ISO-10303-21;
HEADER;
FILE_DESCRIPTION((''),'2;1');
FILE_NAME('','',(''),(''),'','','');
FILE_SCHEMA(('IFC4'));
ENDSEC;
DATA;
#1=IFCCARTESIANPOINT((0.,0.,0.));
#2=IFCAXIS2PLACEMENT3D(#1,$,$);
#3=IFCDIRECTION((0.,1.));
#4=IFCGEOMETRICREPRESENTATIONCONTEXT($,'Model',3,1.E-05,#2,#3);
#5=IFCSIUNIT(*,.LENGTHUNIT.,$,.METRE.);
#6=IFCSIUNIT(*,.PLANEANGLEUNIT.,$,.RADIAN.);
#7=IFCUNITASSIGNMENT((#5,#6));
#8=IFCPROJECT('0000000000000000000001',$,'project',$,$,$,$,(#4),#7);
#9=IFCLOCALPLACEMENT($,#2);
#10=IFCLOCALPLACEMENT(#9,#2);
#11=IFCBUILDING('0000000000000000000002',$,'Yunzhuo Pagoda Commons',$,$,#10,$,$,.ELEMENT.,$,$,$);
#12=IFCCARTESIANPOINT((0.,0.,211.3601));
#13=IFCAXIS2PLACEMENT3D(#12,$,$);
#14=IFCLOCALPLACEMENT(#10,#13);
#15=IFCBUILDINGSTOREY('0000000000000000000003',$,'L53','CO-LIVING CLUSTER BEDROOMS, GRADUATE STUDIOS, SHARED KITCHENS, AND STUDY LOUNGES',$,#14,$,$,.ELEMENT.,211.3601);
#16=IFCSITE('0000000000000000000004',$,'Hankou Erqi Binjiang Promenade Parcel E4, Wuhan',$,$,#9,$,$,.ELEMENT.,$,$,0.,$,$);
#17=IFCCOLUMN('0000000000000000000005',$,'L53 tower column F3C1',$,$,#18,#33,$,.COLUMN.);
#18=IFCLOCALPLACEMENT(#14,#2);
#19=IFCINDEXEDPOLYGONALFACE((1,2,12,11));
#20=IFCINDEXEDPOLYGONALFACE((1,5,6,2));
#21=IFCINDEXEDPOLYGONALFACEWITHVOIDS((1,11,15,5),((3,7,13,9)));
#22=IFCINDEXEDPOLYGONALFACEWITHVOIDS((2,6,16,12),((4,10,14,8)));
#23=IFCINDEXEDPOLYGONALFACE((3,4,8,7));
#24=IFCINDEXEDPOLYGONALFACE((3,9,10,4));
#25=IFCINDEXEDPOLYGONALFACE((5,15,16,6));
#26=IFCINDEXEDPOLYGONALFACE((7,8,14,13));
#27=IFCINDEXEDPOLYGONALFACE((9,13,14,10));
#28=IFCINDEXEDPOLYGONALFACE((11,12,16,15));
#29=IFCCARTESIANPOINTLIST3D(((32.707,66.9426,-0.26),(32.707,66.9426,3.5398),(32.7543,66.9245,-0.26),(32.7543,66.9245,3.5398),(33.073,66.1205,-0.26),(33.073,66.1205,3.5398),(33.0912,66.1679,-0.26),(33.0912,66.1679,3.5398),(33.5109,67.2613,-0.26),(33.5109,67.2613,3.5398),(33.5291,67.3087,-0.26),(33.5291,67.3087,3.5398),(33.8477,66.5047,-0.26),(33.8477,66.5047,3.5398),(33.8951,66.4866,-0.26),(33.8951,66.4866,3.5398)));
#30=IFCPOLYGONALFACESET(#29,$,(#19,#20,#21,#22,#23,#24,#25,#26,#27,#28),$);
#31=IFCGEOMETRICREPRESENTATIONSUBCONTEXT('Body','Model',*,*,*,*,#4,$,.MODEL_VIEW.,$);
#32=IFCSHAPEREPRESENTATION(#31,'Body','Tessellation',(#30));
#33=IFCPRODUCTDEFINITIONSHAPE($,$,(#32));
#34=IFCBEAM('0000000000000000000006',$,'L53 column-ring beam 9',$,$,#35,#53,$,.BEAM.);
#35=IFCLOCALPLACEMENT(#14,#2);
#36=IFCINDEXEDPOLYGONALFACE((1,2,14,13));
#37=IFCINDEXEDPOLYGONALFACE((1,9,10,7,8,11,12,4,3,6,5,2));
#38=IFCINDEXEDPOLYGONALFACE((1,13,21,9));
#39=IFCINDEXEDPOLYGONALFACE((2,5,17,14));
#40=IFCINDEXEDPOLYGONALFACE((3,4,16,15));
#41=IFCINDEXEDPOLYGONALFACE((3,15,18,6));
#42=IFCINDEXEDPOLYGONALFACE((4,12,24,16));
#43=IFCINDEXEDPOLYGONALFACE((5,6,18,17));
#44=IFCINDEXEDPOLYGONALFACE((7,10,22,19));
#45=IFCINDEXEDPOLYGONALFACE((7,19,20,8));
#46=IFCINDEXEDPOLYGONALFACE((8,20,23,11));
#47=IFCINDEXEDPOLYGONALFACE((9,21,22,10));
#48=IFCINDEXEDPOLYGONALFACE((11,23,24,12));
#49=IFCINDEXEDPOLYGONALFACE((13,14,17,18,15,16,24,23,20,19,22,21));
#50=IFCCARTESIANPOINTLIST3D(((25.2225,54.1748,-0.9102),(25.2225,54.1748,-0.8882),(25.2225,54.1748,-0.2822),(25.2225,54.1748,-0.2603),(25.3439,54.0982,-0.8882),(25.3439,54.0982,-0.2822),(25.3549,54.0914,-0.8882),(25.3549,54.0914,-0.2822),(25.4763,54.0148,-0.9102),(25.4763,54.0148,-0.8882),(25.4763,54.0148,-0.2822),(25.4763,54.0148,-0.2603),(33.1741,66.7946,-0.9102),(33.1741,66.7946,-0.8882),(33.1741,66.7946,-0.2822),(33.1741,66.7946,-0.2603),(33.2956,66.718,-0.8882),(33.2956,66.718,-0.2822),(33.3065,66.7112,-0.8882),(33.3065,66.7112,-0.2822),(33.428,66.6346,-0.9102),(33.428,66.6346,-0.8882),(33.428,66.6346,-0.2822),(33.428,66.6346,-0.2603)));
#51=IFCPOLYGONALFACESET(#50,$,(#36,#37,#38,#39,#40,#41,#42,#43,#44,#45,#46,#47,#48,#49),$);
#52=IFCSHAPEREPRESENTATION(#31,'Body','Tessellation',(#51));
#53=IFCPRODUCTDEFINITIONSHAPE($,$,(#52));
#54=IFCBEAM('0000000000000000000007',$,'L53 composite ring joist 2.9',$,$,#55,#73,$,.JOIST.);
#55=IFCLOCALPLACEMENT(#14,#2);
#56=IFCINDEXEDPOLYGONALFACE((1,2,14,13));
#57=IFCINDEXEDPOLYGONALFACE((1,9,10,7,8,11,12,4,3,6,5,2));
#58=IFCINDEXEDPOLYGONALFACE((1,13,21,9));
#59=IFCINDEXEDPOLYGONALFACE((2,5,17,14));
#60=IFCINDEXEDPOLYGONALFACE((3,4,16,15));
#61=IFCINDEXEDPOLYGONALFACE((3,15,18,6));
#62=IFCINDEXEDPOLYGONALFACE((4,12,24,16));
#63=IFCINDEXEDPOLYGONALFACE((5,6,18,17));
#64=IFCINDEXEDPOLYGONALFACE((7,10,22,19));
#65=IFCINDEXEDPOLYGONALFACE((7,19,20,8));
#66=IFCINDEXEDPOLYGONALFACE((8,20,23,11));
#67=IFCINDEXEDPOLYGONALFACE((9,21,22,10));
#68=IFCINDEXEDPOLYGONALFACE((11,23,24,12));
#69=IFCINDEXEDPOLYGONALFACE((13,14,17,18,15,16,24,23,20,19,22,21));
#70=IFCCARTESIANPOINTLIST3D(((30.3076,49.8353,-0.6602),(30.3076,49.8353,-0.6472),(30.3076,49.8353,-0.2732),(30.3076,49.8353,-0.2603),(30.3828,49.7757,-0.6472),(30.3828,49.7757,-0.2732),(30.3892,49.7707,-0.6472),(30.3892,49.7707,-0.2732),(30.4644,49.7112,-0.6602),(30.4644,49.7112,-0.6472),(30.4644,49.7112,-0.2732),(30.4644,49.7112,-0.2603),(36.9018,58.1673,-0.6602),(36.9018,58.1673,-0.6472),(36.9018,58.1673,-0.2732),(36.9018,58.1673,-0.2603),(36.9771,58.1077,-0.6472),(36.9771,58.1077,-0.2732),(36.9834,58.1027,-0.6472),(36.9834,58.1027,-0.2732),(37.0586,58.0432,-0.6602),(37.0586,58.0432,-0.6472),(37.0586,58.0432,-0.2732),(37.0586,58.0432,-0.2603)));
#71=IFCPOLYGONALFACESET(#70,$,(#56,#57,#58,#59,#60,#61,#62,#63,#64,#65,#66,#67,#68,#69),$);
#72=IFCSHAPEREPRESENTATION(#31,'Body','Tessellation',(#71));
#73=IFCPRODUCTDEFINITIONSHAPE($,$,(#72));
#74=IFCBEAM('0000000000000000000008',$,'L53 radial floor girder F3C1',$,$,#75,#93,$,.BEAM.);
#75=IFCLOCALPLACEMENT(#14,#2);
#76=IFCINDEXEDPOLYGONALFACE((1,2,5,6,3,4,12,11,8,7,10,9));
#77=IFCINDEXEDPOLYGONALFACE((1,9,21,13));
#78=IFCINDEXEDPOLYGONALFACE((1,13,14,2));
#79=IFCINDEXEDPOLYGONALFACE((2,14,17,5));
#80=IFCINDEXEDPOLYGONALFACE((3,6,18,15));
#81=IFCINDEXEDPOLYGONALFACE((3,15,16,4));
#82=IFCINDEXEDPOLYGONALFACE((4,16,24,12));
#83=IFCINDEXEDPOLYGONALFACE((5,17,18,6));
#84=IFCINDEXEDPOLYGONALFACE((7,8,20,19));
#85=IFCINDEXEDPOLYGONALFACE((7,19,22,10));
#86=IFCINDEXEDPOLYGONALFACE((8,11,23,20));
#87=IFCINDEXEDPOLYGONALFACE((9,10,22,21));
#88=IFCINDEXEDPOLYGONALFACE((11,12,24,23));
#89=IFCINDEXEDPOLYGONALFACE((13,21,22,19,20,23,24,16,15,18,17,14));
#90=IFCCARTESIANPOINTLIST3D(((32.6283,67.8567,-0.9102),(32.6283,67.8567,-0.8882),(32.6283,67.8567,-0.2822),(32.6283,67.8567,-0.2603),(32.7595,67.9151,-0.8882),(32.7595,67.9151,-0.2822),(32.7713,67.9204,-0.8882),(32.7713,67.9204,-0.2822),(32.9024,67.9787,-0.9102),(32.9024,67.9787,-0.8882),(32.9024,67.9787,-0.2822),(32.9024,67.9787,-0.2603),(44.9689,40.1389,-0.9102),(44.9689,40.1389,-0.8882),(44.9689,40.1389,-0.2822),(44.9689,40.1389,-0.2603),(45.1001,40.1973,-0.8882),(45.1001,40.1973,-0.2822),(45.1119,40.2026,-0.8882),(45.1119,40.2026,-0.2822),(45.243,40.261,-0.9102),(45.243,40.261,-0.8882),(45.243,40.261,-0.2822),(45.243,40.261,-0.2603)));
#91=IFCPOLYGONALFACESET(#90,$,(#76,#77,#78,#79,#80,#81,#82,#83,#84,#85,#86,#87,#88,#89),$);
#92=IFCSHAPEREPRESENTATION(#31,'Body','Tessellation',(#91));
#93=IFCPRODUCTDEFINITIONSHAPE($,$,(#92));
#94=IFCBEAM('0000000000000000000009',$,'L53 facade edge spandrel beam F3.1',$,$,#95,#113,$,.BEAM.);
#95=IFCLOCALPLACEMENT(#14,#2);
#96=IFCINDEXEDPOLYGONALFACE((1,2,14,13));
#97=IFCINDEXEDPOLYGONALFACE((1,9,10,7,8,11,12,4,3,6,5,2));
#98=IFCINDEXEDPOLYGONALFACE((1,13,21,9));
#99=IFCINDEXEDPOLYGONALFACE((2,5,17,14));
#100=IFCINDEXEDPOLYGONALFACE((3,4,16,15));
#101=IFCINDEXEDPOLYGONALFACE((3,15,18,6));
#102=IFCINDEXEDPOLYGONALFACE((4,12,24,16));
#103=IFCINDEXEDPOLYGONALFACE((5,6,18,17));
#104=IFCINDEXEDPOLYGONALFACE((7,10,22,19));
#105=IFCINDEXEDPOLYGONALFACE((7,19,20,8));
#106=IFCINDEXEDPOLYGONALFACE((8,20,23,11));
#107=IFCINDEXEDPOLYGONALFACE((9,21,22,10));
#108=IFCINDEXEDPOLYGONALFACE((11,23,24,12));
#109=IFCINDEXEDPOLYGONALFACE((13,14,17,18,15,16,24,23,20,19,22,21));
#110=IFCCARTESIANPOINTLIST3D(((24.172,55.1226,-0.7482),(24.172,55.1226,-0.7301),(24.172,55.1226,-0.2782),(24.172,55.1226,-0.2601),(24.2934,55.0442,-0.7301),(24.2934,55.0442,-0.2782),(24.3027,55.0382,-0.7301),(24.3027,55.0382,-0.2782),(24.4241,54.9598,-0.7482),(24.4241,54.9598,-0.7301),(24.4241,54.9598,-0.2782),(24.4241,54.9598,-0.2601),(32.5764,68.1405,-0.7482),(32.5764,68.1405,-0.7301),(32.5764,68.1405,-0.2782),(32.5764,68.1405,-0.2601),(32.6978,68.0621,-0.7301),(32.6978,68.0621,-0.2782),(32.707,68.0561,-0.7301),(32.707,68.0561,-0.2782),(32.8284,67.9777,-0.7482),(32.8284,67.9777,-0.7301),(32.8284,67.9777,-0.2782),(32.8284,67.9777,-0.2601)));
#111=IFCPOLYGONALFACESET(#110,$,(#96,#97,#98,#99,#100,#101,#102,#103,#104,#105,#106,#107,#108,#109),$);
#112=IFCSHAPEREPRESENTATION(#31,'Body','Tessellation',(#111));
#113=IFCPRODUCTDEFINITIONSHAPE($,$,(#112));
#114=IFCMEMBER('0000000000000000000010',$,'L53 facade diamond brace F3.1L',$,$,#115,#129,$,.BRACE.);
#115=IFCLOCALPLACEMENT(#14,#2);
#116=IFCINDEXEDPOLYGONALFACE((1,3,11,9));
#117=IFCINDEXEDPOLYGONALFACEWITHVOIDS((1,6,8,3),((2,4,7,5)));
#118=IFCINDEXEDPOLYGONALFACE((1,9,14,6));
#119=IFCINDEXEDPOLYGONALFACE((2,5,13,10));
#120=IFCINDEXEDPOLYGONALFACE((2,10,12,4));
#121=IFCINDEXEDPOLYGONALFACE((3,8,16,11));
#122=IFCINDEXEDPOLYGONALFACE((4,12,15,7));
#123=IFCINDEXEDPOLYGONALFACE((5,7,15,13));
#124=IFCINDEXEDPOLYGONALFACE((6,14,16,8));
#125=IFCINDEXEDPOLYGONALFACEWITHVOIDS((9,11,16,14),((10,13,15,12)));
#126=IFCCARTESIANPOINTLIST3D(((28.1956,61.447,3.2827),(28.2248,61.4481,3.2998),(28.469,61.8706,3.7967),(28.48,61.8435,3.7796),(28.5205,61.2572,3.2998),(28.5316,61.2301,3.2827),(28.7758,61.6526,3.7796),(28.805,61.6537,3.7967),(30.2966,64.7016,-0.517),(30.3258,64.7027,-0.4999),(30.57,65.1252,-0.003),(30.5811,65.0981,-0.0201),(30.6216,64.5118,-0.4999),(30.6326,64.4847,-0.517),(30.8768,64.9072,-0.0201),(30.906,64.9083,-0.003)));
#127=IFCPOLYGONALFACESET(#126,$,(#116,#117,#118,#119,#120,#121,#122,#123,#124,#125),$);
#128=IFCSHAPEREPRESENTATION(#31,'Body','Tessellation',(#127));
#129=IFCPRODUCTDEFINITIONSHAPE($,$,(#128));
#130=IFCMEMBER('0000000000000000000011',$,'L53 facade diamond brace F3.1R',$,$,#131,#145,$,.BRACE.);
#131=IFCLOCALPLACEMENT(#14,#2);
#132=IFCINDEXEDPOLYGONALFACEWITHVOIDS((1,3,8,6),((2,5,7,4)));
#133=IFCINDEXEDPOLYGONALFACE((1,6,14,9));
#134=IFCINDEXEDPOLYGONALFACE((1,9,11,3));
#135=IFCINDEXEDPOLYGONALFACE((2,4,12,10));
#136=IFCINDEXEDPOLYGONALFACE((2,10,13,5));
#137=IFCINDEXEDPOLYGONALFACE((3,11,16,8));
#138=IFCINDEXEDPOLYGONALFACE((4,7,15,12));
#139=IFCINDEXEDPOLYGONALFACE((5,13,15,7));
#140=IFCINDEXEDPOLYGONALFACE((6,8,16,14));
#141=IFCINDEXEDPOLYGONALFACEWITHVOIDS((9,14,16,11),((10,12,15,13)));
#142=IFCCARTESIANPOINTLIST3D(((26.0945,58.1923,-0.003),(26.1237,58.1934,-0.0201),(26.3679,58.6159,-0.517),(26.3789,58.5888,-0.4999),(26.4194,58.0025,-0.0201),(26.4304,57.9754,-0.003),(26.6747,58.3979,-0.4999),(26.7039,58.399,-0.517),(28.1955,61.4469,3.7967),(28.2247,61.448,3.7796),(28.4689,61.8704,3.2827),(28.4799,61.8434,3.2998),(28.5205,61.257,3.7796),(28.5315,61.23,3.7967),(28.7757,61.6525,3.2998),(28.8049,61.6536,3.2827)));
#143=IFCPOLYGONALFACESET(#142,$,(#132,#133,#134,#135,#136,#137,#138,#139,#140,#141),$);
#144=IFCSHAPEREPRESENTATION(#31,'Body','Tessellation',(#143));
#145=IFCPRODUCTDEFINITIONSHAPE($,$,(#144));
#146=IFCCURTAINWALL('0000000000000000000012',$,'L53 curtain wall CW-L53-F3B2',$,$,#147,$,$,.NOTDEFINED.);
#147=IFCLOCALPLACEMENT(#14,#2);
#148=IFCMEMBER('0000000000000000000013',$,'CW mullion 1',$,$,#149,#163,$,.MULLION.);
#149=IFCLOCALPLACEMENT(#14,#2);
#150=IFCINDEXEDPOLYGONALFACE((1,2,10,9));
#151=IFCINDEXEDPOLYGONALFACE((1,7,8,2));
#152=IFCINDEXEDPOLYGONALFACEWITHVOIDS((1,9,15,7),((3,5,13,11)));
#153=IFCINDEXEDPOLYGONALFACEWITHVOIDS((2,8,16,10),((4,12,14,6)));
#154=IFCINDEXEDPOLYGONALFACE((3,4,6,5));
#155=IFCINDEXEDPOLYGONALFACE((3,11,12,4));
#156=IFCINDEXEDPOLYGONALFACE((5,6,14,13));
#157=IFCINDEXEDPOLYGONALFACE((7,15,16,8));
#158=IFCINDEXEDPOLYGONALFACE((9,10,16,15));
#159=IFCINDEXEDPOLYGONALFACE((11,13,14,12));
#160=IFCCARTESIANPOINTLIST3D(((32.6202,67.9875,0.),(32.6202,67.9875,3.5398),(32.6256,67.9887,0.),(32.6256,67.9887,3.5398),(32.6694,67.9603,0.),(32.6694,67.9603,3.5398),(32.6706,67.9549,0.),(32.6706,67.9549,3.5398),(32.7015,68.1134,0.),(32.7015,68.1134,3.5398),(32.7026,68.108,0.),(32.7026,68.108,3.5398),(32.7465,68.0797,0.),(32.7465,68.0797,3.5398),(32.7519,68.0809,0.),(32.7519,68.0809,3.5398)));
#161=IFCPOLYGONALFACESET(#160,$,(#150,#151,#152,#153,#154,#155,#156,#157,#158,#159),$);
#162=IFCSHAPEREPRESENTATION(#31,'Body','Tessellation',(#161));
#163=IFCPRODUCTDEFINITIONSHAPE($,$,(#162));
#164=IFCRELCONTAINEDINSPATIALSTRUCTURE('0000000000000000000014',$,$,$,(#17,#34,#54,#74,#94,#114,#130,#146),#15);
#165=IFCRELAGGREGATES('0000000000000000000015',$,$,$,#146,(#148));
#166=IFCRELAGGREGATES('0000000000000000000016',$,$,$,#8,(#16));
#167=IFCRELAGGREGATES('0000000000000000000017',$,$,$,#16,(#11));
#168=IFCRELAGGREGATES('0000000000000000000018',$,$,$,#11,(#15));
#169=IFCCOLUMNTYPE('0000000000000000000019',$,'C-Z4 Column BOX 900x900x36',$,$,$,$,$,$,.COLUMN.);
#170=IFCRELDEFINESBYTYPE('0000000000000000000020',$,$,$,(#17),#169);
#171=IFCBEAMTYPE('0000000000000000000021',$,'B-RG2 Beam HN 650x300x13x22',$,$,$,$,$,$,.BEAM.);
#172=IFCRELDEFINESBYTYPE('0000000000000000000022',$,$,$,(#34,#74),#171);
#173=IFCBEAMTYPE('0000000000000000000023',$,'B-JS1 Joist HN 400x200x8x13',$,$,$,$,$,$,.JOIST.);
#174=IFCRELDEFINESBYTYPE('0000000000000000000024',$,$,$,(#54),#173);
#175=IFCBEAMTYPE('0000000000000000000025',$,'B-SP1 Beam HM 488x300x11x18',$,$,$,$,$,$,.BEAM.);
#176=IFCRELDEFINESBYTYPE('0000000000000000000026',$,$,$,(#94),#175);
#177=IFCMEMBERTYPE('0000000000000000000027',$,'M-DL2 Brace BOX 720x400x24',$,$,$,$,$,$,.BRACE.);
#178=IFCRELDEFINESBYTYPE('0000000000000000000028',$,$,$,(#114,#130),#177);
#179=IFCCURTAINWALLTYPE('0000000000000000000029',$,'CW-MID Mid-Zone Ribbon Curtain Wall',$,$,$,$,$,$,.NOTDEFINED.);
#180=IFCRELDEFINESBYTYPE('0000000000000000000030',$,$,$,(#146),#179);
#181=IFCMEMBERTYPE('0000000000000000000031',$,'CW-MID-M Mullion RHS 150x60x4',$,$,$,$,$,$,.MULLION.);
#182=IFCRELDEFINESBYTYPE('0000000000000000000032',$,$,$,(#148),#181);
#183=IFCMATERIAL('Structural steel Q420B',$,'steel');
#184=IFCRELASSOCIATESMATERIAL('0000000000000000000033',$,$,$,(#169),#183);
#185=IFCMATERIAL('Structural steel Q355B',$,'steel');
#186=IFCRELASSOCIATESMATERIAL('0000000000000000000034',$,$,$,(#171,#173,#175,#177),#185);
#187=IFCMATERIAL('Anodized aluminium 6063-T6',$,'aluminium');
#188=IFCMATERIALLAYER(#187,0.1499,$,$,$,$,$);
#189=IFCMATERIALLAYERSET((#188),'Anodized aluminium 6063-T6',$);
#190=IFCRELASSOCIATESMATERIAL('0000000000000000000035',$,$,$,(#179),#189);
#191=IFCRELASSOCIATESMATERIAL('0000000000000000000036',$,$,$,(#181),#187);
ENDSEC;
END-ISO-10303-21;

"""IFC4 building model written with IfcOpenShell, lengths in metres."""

from ifc_helpers import new_model, si_unit, direction, frame, origin, origin_2d, place, context, subcontext, project, spatial, hollow_rectangle, i_section, extrude, source, transform, mapped, material, layer, layer_set, material_profile, profile_set, type_object, element, aggregate, save


model = new_model("IFC4")

# Units and contexts
model_context = context("Model", 3, precision=1e-05, world=origin(), true_north=direction((0.0, 1.0)))
body_context = subcontext(model_context, "Body", "Model", "MODEL_VIEW")
ifc_project = project(units=[si_unit("LENGTHUNIT", "METRE"), si_unit("PLANEANGLEUNIT", "RADIAN")], contexts=[model_context])

# Site, building, storey
site_placement = place(None, origin())
site = spatial("IfcSite", under=ifc_project, at=site_placement, Name="Hankou Erqi Binjiang Promenade Parcel E4, Wuhan", CompositionType="ELEMENT", RefElevation=0.0)
building_placement = place(site_placement, origin())
building = spatial("IfcBuilding", under=site, at=building_placement, Name="Yunzhuo Pagoda Commons", CompositionType="ELEMENT")
storey_placement = place(building_placement, frame((0.0, 0.0, 211.3601)))
storey = spatial("IfcBuildingStorey", under=building, at=storey_placement, Name="L53", Description="CO-LIVING CLUSTER BEDROOMS, GRADUATE STUDIOS, SHARED KITCHENS, AND STUDY LOUNGES", CompositionType="ELEMENT", Elevation=211.3601)

# Column
ifc_material_1 = material(Name="Structural steel Q420B", Category="steel")
ifc_material_profile_1 = material_profile(ifc_material_1, hollow_rectangle(XDim=0.8999, YDim=0.8999, WallThickness=0.0359, at=origin_2d()), Name="Structural steel Q420B")
ifc_profile_set_1 = profile_set([ifc_material_profile_1], Name="Structural steel Q420B")
column_type = type_object("IfcColumnType", Name="C-Z4 Column BOX 900x900x36", PredefinedType="COLUMN", material=ifc_profile_set_1)
shared_shape_1 = source(origin(), body_context, "Body", "SweptSolid", [
    extrude(hollow_rectangle(XDim=0.8999, YDim=0.8999, WallThickness=0.0359, at=origin_2d()), origin(), (0.0, 0.0, 1.0), 3.7998),
])
column_placement = place(storey_placement, frame((33.301, 66.7146, -0.26), z_axis=(0.0, 0.0, 1.0), x_axis=(-0.913545, -0.406737, 0.0)))
element("IfcColumn", 1, at=column_placement, inside=storey, type_object=column_type, Name="L53 tower column F3C1", PredefinedType="COLUMN", context=body_context, shape_type="MappedRepresentation", body=[
    mapped(shared_shape_1, transform((0.0, 0.0, 0.0), scale=1.0)),
])

# Beams
ifc_material_2 = material(Name="Structural steel Q355B", Category="steel")
ifc_material_profile_2 = material_profile(ifc_material_2, i_section(OverallWidth=0.3, OverallDepth=0.6499, WebThickness=0.0129, FlangeThickness=0.022, at=origin_2d()), Name="Structural steel Q355B")
ifc_profile_set_2 = profile_set([ifc_material_profile_2], Name="Structural steel Q355B")
beam_type_1 = type_object("IfcBeamType", Name="B-RG2 Beam HN 650x300x13x22", PredefinedType="BEAM", material=ifc_profile_set_2)
shared_shape_2 = source(origin(), body_context, "Body", "SweptSolid", [
    extrude(i_section(OverallWidth=0.3, OverallDepth=0.6499, WebThickness=0.0129, FlangeThickness=0.022, at=origin_2d()), origin(), (0.0, 0.0, 1.0), 14.916),
])
beam_1_placement = place(storey_placement, frame((33.301, 66.7146, -0.5852), z_axis=(-0.533092, -0.846057, 0.0), x_axis=(0.846057, -0.533092, 0.0)))
element("IfcBeam", 2, at=beam_1_placement, inside=storey, type_object=beam_type_1, Name="L53 column-ring beam 9", PredefinedType="BEAM", context=body_context, shape_type="MappedRepresentation", body=[
    mapped(shared_shape_2, transform((0.0, 0.0, 0.0), scale=1.0)),
])
ifc_material_profile_3 = material_profile(ifc_material_2, i_section(OverallWidth=0.2, OverallDepth=0.3999, WebThickness=0.0081, FlangeThickness=0.0129, at=origin_2d()), Name="Structural steel Q355B")
ifc_profile_set_3 = profile_set([ifc_material_profile_3], Name="Structural steel Q355B")
beam_type_2 = type_object("IfcBeamType", Name="B-JS1 Joist HN 400x200x8x13", PredefinedType="JOIST", material=ifc_profile_set_3)
shared_shape_3 = source(origin(), body_context, "Body", "SweptSolid", [
    extrude(i_section(OverallWidth=0.2, OverallDepth=0.3999, WebThickness=0.0081, FlangeThickness=0.0129, at=origin_2d()), origin(), (0.0, 0.0, 1.0), 10.6257),
])
beam_2_placement = place(storey_placement, frame((36.9802, 58.1052, -0.4602), z_axis=(-0.62059, -0.784135, 0.0), x_axis=(0.784135, -0.62059, 0.0)))
element("IfcBeam", 3, at=beam_2_placement, inside=storey, type_object=beam_type_2, Name="L53 composite ring joist 2.9", PredefinedType="JOIST", context=body_context, shape_type="MappedRepresentation", body=[
    mapped(shared_shape_3, transform((0.0, 0.0, 0.0), scale=1.0)),
])
shared_shape_4 = source(origin(), body_context, "Body", "SweptSolid", [
    extrude(i_section(OverallWidth=0.3, OverallDepth=0.6499, WebThickness=0.0129, FlangeThickness=0.022, at=origin_2d()), origin(), (0.0, 0.0, 1.0), 30.3408),
])
beam_3_placement = place(storey_placement, frame((32.7654, 67.9177, -0.5852), z_axis=(0.406732, -0.913548, 0.0), x_axis=(0.913548, 0.406732, 0.0)))
element("IfcBeam", 4, at=beam_3_placement, inside=storey, type_object=beam_type_1, Name="L53 radial floor girder F3C1", PredefinedType="BEAM", context=body_context, shape_type="MappedRepresentation", body=[
    mapped(shared_shape_4, transform((0.0, 0.0, 0.0), scale=1.0)),
])
ifc_material_profile_4 = material_profile(ifc_material_2, i_section(OverallWidth=0.3, OverallDepth=0.488, WebThickness=0.011, FlangeThickness=0.0181, at=origin_2d()), Name="Structural steel Q355B")
ifc_profile_set_4 = profile_set([ifc_material_profile_4], Name="Structural steel Q355B")
beam_type_3 = type_object("IfcBeamType", Name="B-SP1 Beam HM 488x300x11x18", PredefinedType="BEAM", material=ifc_profile_set_4)
shared_shape_5 = source(origin(), body_context, "Body", "SweptSolid", [
    extrude(i_section(OverallWidth=0.3, OverallDepth=0.488, WebThickness=0.011, FlangeThickness=0.0181, at=origin_2d()), origin(), (0.0, 0.0, 1.0), 15.4951),
])
beam_4_placement = place(storey_placement, frame((32.7024, 68.0591, -0.5042), z_axis=(-0.542387, -0.840129, 0.0), x_axis=(0.840129, -0.542387, 0.0)))
element("IfcBeam", 5, at=beam_4_placement, inside=storey, type_object=beam_type_3, Name="L53 facade edge spandrel beam F3.1", PredefinedType="BEAM", context=body_context, shape_type="MappedRepresentation", body=[
    mapped(shared_shape_5, transform((0.0, 0.0, 0.0), scale=1.0)),
])

# Members
ifc_material_profile_5 = material_profile(ifc_material_2, hollow_rectangle(XDim=0.3999, YDim=0.72, WallThickness=0.0239, at=origin_2d()), Name="Structural steel Q355B")
ifc_profile_set_5 = profile_set([ifc_material_profile_5], Name="Structural steel Q355B")
member_type_1 = type_object("IfcMemberType", Name="M-DL2 Brace BOX 720x400x24", PredefinedType="BRACE", material=ifc_profile_set_5)
shared_shape_6 = source(origin(), body_context, "Body", "SweptSolid", [
    extrude(hollow_rectangle(XDim=0.3999, YDim=0.72, WallThickness=0.0239, at=origin_2d()), origin(), (0.0, 0.0, 1.0), 5.4263),
])
for number, where, z_axis, x_axis, name in (
    (6, (30.6013, 64.8049, -0.26), (-0.387196, -0.59978, 0.700245), (0.840143, -0.542365, 0.0), "L53 facade diamond brace F3.1L"),
    (7, (26.3992, 58.2957, -0.26), (0.387196, 0.59978, 0.700245), (-0.840143, 0.542365, 0.0), "L53 facade diamond brace F3.1R"),
):
    element("IfcMember", number, at=place(storey_placement, frame(where, z_axis=z_axis, x_axis=x_axis)), inside=storey, type_object=member_type_1, Name=name, PredefinedType="BRACE", context=body_context, shape_type="MappedRepresentation", body=[
        mapped(shared_shape_6, transform((0.0, 0.0, 0.0), scale=1.0)),
    ])

# Curtain wall, member
ifc_material_3 = material(Name="Anodized aluminium 6063-T6", Category="aluminium")
ifc_layer_1 = layer(ifc_material_3, 0.1499)
ifc_layer_set_1 = layer_set([ifc_layer_1], Name="Anodized aluminium 6063-T6")
curtain_wall_type = type_object("IfcCurtainWallType", Name="CW-MID Mid-Zone Ribbon Curtain Wall", PredefinedType="NOTDEFINED", material=ifc_layer_set_1)
curtain_wall_1_placement = place(storey_placement, origin())
curtain_wall_1 = element("IfcCurtainWall", 8, at=curtain_wall_1_placement, inside=storey, type_object=curtain_wall_type, Name="L53 curtain wall CW-L53-F3B2", PredefinedType="NOTDEFINED")
ifc_material_profile_6 = material_profile(ifc_material_3, hollow_rectangle(XDim=0.0601, YDim=0.1499, WallThickness=0.0039, at=origin_2d()), Name="Anodized aluminium 6063-T6")
ifc_profile_set_6 = profile_set([ifc_material_profile_6], Name="Anodized aluminium 6063-T6")
member_type_2 = type_object("IfcMemberType", Name="CW-MID-M Mullion RHS 150x60x4", PredefinedType="MULLION", material=ifc_profile_set_6)
shared_shape_7 = source(origin(), body_context, "Body", "SweptSolid", [
    extrude(hollow_rectangle(XDim=0.0601, YDim=0.1499, WallThickness=0.0039, at=origin_2d()), origin(), (0.0, 0.0, 1.0), 3.5398),
])
member_1_placement = place(storey_placement, frame((32.686, 68.0342, 0.0), z_axis=(0.0, 0.0, 1.0), x_axis=(0.840138, -0.542372, 0.0)))
member_1 = element("IfcMember", 9, at=member_1_placement, type_object=member_type_2, Name="CW mullion 1", PredefinedType="MULLION", context=body_context, shape_type="MappedRepresentation", body=[
    mapped(shared_shape_7, transform((0.0, 0.0, 0.0), scale=1.0)),
])

aggregate(curtain_wall_1, [member_1])

save(model, "model.ifc")
